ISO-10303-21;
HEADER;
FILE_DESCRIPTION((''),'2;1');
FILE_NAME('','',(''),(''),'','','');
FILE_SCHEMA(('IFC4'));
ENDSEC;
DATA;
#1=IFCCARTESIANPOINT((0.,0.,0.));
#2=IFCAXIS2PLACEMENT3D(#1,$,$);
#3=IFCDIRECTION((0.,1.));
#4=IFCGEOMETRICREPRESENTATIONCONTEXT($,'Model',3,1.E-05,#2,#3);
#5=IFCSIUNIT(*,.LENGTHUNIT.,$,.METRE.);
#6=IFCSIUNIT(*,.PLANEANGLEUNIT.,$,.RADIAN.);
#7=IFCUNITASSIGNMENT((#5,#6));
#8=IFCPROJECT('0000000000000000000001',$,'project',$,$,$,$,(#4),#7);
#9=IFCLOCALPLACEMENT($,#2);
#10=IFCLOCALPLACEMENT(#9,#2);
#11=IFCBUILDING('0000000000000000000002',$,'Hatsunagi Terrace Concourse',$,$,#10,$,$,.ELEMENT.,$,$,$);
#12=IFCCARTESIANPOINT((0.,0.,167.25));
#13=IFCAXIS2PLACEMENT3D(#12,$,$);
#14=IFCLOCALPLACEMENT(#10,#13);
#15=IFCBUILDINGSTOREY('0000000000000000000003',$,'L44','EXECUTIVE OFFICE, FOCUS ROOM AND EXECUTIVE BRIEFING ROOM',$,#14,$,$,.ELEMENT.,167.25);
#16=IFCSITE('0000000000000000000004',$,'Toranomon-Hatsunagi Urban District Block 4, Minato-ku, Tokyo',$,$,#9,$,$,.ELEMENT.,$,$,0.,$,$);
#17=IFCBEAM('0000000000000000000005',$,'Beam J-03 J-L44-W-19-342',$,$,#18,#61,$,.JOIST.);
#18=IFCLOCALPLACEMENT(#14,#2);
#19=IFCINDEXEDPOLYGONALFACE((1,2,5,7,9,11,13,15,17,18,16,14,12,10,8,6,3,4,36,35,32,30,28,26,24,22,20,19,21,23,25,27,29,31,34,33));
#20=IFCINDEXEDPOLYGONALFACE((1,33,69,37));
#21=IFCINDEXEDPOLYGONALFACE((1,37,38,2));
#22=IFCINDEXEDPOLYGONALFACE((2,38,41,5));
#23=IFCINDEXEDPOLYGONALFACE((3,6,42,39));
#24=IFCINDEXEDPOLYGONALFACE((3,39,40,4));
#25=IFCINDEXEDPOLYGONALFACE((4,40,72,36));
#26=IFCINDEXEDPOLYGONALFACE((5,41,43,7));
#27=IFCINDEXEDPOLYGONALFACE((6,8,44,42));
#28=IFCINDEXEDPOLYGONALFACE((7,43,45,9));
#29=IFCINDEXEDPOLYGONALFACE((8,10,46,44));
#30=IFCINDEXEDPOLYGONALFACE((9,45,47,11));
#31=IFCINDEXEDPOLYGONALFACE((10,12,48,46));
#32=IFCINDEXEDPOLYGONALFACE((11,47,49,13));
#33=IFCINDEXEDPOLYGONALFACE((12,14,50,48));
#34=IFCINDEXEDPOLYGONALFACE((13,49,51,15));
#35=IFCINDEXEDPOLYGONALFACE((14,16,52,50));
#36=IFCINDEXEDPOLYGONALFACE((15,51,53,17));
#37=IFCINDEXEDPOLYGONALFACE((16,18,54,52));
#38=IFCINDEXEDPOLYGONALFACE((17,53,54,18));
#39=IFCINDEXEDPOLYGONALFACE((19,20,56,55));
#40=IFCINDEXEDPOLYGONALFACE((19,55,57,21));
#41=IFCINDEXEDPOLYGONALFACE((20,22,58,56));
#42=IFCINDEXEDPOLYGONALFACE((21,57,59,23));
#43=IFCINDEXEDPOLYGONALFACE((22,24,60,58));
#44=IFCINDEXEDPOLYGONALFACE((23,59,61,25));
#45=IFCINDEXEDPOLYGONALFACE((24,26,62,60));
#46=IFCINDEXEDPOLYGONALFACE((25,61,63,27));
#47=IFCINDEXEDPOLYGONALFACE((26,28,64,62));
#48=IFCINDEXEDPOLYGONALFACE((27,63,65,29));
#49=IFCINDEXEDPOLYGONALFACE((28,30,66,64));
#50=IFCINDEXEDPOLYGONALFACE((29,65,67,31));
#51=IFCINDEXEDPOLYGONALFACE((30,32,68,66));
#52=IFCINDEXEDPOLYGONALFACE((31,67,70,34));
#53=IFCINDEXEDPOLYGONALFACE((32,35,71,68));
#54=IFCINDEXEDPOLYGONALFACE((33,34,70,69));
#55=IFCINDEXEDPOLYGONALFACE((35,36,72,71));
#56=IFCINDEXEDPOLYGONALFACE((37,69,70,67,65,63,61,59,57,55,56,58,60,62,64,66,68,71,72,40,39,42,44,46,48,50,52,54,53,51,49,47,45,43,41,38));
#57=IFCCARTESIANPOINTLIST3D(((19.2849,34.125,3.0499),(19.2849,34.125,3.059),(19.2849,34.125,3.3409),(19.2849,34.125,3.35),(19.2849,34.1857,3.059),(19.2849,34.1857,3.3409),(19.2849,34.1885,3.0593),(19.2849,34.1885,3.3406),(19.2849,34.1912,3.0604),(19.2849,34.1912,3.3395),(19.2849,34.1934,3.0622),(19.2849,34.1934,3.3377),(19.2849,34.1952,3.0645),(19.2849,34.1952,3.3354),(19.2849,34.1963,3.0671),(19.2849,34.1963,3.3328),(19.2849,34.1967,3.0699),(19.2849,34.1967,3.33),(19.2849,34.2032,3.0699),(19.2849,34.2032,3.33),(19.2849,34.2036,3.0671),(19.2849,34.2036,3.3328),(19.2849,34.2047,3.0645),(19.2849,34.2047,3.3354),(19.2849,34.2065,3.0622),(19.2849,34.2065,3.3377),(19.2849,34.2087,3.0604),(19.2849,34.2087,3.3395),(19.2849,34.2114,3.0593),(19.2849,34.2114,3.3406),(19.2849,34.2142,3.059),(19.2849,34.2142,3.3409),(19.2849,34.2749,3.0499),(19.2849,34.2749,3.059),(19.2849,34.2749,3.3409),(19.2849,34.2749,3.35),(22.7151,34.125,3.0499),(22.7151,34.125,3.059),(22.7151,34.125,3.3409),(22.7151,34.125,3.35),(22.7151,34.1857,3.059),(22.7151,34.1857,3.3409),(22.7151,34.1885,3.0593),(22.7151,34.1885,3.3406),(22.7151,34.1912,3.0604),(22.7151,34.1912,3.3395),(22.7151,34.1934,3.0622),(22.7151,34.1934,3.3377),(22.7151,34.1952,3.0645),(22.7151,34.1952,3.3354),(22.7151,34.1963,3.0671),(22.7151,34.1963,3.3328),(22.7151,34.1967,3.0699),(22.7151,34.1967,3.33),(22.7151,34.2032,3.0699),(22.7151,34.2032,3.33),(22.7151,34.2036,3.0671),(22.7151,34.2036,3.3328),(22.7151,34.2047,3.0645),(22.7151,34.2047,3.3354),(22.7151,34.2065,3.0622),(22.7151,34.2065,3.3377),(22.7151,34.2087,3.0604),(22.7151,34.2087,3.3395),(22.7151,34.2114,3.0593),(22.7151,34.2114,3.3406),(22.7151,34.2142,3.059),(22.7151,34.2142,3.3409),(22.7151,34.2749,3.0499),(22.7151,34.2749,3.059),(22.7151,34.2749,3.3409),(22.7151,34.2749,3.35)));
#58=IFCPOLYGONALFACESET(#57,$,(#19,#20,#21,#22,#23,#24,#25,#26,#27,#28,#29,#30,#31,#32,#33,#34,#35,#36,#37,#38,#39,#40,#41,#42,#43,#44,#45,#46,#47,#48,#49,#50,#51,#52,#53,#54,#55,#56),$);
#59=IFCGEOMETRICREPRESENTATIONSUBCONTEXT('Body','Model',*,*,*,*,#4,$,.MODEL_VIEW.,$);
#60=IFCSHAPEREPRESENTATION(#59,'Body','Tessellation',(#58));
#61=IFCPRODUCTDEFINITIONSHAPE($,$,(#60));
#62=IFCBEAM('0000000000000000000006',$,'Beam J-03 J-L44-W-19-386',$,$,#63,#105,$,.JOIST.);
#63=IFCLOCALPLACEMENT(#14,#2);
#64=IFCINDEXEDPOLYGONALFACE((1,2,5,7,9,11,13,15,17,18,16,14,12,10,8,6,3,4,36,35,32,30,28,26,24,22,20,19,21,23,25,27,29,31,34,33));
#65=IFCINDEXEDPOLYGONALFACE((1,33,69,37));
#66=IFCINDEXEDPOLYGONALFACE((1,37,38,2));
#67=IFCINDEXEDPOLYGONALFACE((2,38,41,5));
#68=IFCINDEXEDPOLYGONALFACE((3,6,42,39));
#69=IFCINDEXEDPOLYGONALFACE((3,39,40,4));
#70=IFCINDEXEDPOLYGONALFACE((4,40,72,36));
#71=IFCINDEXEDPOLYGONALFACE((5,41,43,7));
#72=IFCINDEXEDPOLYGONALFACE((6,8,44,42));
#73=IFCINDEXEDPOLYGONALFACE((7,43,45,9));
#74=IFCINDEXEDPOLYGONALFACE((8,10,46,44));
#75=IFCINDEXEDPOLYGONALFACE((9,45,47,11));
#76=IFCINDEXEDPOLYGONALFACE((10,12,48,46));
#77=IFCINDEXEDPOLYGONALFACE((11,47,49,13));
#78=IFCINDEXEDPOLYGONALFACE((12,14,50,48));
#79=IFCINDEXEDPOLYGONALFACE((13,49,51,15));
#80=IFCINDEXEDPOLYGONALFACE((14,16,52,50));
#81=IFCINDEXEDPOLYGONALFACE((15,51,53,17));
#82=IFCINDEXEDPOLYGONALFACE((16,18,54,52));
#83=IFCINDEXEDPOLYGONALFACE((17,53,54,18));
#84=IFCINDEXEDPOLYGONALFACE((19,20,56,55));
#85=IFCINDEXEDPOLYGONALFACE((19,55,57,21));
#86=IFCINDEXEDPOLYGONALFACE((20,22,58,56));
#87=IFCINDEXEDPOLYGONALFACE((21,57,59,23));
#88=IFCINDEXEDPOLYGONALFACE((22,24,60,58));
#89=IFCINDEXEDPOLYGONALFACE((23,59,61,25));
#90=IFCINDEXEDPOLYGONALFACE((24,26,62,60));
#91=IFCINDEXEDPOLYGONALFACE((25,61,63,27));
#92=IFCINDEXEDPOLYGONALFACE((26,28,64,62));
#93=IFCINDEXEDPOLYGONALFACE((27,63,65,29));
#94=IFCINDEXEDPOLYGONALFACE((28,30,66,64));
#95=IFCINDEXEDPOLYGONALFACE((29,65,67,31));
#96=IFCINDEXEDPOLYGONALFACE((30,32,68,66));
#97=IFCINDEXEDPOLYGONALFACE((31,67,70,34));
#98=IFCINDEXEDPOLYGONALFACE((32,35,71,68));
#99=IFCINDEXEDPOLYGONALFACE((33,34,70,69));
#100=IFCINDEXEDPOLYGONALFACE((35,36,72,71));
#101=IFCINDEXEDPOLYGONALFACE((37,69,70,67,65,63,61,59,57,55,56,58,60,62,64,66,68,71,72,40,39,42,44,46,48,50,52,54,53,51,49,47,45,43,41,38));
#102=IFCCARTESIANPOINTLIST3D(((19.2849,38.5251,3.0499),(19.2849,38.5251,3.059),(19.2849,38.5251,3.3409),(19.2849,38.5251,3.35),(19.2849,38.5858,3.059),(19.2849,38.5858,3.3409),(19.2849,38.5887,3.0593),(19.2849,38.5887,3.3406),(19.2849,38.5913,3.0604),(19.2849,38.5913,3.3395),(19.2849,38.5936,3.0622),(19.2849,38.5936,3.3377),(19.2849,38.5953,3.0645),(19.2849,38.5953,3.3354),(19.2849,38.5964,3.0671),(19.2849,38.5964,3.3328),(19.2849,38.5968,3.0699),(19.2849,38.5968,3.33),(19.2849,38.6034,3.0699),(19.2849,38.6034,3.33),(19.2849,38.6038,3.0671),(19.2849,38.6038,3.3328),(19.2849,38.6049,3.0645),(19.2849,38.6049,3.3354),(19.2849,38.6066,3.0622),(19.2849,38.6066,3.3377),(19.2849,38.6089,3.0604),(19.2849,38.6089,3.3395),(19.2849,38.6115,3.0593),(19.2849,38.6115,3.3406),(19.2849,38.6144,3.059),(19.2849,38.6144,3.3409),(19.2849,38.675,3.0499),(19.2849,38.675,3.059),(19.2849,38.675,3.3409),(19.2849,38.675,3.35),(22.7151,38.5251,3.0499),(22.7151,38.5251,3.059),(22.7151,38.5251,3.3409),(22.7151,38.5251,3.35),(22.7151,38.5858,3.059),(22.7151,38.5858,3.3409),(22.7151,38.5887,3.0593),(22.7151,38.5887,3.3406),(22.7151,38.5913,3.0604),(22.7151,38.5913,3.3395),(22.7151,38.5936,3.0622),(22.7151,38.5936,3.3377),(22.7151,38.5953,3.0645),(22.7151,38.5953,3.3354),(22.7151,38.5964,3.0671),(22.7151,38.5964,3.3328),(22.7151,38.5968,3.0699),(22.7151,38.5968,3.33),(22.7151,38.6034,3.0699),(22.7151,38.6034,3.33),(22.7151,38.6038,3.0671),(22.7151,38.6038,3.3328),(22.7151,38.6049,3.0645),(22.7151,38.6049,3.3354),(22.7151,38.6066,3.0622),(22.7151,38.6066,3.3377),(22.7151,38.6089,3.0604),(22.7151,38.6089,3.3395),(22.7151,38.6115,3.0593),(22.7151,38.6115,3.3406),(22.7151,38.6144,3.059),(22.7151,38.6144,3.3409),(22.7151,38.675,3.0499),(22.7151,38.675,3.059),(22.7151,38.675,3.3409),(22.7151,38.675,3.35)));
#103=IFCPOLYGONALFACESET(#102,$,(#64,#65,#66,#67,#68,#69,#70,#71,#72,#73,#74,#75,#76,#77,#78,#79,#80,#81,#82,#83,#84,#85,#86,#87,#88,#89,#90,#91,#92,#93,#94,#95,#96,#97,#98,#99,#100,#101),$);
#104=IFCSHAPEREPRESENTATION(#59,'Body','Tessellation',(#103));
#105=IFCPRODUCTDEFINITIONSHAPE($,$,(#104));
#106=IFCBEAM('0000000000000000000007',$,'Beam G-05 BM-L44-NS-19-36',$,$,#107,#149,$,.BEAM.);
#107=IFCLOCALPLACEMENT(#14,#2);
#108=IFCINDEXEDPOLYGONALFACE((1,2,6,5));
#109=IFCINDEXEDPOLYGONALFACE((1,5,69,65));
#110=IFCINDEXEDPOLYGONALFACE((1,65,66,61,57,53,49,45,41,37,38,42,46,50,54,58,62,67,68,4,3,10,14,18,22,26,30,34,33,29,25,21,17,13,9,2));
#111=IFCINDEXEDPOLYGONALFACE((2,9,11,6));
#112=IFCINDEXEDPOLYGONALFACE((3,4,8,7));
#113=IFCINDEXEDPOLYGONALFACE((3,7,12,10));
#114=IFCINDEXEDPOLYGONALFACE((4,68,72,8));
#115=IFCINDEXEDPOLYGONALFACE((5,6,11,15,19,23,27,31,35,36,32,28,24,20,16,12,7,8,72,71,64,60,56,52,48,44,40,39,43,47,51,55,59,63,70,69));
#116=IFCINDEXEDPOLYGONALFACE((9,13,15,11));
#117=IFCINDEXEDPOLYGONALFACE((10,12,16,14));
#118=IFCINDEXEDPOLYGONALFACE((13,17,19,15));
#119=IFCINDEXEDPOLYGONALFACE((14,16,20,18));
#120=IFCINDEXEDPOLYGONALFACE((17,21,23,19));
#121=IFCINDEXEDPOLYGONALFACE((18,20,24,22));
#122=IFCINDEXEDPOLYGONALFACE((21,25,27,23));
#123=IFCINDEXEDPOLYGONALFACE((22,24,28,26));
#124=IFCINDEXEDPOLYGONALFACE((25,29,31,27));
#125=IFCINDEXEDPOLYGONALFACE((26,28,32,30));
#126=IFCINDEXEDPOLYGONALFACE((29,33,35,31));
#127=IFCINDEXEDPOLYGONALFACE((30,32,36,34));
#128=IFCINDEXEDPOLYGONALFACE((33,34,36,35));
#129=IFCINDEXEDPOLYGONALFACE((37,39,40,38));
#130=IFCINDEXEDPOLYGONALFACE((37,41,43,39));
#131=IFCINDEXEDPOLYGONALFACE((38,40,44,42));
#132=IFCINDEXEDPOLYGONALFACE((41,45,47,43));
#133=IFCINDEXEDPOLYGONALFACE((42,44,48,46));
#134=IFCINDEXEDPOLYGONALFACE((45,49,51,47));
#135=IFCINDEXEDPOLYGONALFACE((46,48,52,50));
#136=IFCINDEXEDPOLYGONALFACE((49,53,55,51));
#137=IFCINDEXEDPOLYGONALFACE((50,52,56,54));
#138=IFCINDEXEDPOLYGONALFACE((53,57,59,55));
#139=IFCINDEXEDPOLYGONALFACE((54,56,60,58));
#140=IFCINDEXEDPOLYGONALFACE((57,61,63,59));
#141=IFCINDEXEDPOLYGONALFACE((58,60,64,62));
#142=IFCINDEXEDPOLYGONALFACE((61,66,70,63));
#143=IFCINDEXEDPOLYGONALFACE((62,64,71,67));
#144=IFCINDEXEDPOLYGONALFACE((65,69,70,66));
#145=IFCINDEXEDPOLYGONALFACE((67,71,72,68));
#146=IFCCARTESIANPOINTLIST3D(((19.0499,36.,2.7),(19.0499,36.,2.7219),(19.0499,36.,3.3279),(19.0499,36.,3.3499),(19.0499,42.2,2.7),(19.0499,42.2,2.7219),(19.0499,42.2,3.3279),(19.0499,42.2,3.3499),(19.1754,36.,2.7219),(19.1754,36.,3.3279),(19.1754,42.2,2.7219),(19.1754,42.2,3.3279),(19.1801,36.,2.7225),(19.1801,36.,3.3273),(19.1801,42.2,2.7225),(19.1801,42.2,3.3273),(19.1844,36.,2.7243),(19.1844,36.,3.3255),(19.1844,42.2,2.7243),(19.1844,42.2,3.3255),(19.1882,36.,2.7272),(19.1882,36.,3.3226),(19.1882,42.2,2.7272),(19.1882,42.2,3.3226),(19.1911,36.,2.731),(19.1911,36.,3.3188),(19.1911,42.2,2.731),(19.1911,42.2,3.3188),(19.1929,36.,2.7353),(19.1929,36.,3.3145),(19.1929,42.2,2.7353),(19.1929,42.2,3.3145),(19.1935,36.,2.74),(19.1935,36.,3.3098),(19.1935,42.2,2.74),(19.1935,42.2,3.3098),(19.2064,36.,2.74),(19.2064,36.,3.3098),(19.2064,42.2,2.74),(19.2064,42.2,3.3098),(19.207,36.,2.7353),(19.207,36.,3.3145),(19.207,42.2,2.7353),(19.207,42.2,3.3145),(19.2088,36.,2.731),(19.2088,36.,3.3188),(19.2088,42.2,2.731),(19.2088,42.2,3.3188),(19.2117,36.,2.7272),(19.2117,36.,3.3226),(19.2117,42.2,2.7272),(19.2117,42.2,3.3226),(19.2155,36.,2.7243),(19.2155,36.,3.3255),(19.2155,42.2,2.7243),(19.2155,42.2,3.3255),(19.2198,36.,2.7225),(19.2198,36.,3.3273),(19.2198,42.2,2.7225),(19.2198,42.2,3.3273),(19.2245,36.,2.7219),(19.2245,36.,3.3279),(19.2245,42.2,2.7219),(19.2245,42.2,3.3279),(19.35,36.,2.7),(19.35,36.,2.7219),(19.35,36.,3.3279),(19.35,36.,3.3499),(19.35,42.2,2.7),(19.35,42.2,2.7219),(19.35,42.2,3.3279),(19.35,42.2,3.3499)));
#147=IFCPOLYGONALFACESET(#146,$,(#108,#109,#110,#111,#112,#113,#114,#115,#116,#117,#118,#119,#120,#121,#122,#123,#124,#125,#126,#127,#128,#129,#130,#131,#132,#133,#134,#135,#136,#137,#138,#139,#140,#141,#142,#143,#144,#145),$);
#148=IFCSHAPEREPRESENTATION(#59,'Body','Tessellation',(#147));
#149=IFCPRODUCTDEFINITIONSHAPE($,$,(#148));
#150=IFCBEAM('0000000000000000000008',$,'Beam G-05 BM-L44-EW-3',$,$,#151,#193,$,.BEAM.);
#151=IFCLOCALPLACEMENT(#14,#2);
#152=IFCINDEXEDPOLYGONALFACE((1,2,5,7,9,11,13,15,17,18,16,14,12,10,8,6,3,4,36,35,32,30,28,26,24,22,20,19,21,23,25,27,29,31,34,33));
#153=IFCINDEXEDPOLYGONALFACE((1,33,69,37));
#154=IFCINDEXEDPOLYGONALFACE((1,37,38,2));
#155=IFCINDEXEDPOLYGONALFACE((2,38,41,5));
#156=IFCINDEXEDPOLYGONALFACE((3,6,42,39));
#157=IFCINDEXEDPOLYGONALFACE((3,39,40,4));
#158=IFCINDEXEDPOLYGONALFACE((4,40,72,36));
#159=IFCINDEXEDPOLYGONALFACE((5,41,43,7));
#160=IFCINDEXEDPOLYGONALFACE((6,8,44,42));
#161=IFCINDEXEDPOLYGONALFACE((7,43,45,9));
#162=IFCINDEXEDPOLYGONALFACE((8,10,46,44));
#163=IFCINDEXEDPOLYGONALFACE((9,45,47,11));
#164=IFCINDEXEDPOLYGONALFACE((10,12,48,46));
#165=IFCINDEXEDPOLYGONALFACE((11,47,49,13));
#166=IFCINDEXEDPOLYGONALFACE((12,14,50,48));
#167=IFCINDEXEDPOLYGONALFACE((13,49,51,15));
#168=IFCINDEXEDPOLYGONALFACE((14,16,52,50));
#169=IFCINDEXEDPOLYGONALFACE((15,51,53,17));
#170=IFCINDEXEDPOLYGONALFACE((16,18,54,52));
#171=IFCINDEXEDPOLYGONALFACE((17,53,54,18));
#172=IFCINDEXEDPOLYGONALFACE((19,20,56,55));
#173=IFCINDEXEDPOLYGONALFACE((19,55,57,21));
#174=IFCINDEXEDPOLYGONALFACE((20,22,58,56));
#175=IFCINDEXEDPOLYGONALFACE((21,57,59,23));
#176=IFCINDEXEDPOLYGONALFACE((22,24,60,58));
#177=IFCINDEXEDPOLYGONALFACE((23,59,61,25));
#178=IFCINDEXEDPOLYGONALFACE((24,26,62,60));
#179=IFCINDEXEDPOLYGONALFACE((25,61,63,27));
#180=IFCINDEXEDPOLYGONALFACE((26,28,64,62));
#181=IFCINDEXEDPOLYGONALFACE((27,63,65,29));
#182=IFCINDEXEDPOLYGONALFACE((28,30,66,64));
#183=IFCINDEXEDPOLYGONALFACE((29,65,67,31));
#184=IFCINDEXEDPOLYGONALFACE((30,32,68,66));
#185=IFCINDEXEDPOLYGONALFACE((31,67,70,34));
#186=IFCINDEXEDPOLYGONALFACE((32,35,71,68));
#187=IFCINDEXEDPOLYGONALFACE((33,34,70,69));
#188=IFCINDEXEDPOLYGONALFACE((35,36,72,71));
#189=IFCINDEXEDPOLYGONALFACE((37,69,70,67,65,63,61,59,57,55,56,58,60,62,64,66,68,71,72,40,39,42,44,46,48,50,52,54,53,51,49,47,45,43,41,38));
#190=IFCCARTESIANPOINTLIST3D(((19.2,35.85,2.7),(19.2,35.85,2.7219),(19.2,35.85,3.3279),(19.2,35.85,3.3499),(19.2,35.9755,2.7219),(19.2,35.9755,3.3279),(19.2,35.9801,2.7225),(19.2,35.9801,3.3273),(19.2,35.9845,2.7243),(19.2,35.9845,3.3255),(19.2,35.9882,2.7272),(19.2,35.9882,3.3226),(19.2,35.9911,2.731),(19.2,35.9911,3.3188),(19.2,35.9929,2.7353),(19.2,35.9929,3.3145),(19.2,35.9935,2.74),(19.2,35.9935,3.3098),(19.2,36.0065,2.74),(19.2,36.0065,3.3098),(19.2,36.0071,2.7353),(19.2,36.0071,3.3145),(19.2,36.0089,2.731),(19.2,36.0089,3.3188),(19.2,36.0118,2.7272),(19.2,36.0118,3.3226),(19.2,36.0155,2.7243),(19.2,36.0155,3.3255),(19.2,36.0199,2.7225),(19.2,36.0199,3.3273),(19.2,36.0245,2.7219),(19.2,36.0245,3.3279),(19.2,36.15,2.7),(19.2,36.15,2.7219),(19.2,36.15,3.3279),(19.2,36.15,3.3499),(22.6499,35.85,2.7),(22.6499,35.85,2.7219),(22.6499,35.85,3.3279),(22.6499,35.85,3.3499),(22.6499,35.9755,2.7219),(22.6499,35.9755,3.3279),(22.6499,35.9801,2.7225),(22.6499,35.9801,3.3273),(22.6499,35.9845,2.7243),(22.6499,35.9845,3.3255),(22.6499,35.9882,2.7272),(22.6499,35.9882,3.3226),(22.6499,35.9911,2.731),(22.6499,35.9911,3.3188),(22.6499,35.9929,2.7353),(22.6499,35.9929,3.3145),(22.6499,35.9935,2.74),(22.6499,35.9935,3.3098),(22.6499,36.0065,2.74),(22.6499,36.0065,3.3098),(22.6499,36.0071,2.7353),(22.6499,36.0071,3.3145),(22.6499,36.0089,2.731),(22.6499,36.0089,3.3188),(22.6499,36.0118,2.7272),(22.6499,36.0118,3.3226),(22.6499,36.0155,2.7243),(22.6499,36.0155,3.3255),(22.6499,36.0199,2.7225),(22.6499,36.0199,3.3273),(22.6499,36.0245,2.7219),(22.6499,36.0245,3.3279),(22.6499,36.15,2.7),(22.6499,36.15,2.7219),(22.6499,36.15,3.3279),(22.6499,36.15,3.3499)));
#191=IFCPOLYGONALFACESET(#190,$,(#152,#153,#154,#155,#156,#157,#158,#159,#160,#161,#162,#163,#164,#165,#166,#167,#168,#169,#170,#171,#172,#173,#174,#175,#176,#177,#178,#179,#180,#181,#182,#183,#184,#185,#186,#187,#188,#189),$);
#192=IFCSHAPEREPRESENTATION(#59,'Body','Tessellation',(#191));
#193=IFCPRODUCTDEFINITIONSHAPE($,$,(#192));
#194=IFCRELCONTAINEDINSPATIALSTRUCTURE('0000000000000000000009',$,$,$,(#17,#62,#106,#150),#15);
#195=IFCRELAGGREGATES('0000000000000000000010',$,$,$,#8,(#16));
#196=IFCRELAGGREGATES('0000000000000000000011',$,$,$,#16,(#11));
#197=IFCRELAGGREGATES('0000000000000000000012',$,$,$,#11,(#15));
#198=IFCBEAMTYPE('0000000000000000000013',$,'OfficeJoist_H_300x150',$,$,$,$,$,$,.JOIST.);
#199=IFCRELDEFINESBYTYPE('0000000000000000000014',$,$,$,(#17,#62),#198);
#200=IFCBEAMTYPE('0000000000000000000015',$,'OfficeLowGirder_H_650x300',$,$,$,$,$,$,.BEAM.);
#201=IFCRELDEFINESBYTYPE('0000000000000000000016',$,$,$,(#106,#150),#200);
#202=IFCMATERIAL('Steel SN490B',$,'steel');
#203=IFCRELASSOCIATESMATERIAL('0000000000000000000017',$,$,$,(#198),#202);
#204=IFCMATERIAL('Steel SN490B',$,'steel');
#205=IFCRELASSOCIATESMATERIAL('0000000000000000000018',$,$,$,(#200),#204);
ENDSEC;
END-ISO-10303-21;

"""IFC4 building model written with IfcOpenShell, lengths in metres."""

from ifc_helpers import new_model, si_unit, direction, frame, origin, origin_2d, place, context, subcontext, project, spatial, i_section, extrude, material, material_profile, profile_set, type_object, element, save


model = new_model("IFC4")

# Units and contexts
model_context = context("Model", 3, precision=1e-05, world=origin(), true_north=direction((0.0, 1.0)))
body_context = subcontext(model_context, "Body", "Model", "MODEL_VIEW")
ifc_project = project(units=[si_unit("LENGTHUNIT", "METRE"), si_unit("PLANEANGLEUNIT", "RADIAN")], contexts=[model_context])

# Site, building, storey
site_placement = place(None, origin())
site = spatial("IfcSite", under=ifc_project, at=site_placement, Name="Toranomon-Hatsunagi Urban District Block 4, Minato-ku, Tokyo", CompositionType="ELEMENT", RefElevation=0.0)
building_placement = place(site_placement, origin())
building = spatial("IfcBuilding", under=site, at=building_placement, Name="Hatsunagi Terrace Concourse", CompositionType="ELEMENT")
storey_placement = place(building_placement, frame((0.0, 0.0, 167.25)))
storey = spatial("IfcBuildingStorey", under=building, at=storey_placement, Name="L44", Description="EXECUTIVE OFFICE, FOCUS ROOM AND EXECUTIVE BRIEFING ROOM", CompositionType="ELEMENT", Elevation=167.25)

# Beams
ifc_material_1 = material(Name="Steel SN490B", Category="steel")
ifc_material_profile_1 = material_profile(ifc_material_1, i_section(OverallWidth=0.1499, OverallDepth=0.3, WebThickness=0.0066, FlangeThickness=0.009, FilletRadius=0.011, at=origin_2d()), Name="H-300x150x6.5x9")
ifc_profile_set_1 = profile_set([ifc_material_profile_1], Name="Steel SN490B")
beam_type_1 = type_object("IfcBeamType", Name="OfficeJoist_H_300x150", PredefinedType="JOIST", material=ifc_profile_set_1)
for number, where, z_axis, x_axis, name in (
    (1, (19.2849, 34.2, 3.2), (1.0, 0.0, 0.0), (0.0, 1.0, 0.0), "Beam J-03 J-L44-W-19-342"),
    (2, (19.2849, 38.6001, 3.2), (1.0, 0.0, 0.0), (0.0, 1.0, 0.0), "Beam J-03 J-L44-W-19-386"),
):
    element("IfcBeam", number, at=place(storey_placement, frame(where, z_axis=z_axis, x_axis=x_axis)), inside=storey, type_object=beam_type_1, Name=name, PredefinedType="JOIST", context=body_context, shape_type="SweptSolid", body=[
        extrude(i_section(OverallWidth=0.1499, OverallDepth=0.3, WebThickness=0.0066, FlangeThickness=0.009, FilletRadius=0.011, at=origin_2d()), origin(), (0.0, 0.0, 1.0), 3.4302),
    ])
ifc_material_2 = material(Name="Steel SN490B", Category="steel")
ifc_material_profile_2 = material_profile(ifc_material_2, i_section(OverallWidth=0.3, OverallDepth=0.6499, WebThickness=0.0129, FlangeThickness=0.022, FilletRadius=0.0181, at=origin_2d()), Name="H-650x300x13x22")
ifc_profile_set_2 = profile_set([ifc_material_profile_2], Name="Steel SN490B")
beam_type_2 = type_object("IfcBeamType", Name="OfficeLowGirder_H_650x300", PredefinedType="BEAM", material=ifc_profile_set_2)
beam_1_placement = place(storey_placement, frame((19.2, 36.0, 3.0249), z_axis=(0.0, 1.0, 0.0), x_axis=(-1.0, 0.0, 0.0)))
element("IfcBeam", 3, at=beam_1_placement, inside=storey, type_object=beam_type_2, Name="Beam G-05 BM-L44-NS-19-36", PredefinedType="BEAM", context=body_context, shape_type="SweptSolid", body=[
    extrude(i_section(OverallWidth=0.3, OverallDepth=0.6499, WebThickness=0.0129, FlangeThickness=0.022, FilletRadius=0.0181, at=origin_2d()), origin(), (0.0, 0.0, 1.0), 6.2),
])
beam_2_placement = place(storey_placement, frame((19.2, 36.0, 3.0249), z_axis=(1.0, 0.0, 0.0), x_axis=(0.0, 1.0, 0.0)))
element("IfcBeam", 4, at=beam_2_placement, inside=storey, type_object=beam_type_2, Name="Beam G-05 BM-L44-EW-3", PredefinedType="BEAM", context=body_context, shape_type="SweptSolid", body=[
    extrude(i_section(OverallWidth=0.3, OverallDepth=0.6499, WebThickness=0.0129, FlangeThickness=0.022, FilletRadius=0.0181, at=origin_2d()), origin(), (0.0, 0.0, 1.0), 3.45),
])

save(model, "model.ifc")
